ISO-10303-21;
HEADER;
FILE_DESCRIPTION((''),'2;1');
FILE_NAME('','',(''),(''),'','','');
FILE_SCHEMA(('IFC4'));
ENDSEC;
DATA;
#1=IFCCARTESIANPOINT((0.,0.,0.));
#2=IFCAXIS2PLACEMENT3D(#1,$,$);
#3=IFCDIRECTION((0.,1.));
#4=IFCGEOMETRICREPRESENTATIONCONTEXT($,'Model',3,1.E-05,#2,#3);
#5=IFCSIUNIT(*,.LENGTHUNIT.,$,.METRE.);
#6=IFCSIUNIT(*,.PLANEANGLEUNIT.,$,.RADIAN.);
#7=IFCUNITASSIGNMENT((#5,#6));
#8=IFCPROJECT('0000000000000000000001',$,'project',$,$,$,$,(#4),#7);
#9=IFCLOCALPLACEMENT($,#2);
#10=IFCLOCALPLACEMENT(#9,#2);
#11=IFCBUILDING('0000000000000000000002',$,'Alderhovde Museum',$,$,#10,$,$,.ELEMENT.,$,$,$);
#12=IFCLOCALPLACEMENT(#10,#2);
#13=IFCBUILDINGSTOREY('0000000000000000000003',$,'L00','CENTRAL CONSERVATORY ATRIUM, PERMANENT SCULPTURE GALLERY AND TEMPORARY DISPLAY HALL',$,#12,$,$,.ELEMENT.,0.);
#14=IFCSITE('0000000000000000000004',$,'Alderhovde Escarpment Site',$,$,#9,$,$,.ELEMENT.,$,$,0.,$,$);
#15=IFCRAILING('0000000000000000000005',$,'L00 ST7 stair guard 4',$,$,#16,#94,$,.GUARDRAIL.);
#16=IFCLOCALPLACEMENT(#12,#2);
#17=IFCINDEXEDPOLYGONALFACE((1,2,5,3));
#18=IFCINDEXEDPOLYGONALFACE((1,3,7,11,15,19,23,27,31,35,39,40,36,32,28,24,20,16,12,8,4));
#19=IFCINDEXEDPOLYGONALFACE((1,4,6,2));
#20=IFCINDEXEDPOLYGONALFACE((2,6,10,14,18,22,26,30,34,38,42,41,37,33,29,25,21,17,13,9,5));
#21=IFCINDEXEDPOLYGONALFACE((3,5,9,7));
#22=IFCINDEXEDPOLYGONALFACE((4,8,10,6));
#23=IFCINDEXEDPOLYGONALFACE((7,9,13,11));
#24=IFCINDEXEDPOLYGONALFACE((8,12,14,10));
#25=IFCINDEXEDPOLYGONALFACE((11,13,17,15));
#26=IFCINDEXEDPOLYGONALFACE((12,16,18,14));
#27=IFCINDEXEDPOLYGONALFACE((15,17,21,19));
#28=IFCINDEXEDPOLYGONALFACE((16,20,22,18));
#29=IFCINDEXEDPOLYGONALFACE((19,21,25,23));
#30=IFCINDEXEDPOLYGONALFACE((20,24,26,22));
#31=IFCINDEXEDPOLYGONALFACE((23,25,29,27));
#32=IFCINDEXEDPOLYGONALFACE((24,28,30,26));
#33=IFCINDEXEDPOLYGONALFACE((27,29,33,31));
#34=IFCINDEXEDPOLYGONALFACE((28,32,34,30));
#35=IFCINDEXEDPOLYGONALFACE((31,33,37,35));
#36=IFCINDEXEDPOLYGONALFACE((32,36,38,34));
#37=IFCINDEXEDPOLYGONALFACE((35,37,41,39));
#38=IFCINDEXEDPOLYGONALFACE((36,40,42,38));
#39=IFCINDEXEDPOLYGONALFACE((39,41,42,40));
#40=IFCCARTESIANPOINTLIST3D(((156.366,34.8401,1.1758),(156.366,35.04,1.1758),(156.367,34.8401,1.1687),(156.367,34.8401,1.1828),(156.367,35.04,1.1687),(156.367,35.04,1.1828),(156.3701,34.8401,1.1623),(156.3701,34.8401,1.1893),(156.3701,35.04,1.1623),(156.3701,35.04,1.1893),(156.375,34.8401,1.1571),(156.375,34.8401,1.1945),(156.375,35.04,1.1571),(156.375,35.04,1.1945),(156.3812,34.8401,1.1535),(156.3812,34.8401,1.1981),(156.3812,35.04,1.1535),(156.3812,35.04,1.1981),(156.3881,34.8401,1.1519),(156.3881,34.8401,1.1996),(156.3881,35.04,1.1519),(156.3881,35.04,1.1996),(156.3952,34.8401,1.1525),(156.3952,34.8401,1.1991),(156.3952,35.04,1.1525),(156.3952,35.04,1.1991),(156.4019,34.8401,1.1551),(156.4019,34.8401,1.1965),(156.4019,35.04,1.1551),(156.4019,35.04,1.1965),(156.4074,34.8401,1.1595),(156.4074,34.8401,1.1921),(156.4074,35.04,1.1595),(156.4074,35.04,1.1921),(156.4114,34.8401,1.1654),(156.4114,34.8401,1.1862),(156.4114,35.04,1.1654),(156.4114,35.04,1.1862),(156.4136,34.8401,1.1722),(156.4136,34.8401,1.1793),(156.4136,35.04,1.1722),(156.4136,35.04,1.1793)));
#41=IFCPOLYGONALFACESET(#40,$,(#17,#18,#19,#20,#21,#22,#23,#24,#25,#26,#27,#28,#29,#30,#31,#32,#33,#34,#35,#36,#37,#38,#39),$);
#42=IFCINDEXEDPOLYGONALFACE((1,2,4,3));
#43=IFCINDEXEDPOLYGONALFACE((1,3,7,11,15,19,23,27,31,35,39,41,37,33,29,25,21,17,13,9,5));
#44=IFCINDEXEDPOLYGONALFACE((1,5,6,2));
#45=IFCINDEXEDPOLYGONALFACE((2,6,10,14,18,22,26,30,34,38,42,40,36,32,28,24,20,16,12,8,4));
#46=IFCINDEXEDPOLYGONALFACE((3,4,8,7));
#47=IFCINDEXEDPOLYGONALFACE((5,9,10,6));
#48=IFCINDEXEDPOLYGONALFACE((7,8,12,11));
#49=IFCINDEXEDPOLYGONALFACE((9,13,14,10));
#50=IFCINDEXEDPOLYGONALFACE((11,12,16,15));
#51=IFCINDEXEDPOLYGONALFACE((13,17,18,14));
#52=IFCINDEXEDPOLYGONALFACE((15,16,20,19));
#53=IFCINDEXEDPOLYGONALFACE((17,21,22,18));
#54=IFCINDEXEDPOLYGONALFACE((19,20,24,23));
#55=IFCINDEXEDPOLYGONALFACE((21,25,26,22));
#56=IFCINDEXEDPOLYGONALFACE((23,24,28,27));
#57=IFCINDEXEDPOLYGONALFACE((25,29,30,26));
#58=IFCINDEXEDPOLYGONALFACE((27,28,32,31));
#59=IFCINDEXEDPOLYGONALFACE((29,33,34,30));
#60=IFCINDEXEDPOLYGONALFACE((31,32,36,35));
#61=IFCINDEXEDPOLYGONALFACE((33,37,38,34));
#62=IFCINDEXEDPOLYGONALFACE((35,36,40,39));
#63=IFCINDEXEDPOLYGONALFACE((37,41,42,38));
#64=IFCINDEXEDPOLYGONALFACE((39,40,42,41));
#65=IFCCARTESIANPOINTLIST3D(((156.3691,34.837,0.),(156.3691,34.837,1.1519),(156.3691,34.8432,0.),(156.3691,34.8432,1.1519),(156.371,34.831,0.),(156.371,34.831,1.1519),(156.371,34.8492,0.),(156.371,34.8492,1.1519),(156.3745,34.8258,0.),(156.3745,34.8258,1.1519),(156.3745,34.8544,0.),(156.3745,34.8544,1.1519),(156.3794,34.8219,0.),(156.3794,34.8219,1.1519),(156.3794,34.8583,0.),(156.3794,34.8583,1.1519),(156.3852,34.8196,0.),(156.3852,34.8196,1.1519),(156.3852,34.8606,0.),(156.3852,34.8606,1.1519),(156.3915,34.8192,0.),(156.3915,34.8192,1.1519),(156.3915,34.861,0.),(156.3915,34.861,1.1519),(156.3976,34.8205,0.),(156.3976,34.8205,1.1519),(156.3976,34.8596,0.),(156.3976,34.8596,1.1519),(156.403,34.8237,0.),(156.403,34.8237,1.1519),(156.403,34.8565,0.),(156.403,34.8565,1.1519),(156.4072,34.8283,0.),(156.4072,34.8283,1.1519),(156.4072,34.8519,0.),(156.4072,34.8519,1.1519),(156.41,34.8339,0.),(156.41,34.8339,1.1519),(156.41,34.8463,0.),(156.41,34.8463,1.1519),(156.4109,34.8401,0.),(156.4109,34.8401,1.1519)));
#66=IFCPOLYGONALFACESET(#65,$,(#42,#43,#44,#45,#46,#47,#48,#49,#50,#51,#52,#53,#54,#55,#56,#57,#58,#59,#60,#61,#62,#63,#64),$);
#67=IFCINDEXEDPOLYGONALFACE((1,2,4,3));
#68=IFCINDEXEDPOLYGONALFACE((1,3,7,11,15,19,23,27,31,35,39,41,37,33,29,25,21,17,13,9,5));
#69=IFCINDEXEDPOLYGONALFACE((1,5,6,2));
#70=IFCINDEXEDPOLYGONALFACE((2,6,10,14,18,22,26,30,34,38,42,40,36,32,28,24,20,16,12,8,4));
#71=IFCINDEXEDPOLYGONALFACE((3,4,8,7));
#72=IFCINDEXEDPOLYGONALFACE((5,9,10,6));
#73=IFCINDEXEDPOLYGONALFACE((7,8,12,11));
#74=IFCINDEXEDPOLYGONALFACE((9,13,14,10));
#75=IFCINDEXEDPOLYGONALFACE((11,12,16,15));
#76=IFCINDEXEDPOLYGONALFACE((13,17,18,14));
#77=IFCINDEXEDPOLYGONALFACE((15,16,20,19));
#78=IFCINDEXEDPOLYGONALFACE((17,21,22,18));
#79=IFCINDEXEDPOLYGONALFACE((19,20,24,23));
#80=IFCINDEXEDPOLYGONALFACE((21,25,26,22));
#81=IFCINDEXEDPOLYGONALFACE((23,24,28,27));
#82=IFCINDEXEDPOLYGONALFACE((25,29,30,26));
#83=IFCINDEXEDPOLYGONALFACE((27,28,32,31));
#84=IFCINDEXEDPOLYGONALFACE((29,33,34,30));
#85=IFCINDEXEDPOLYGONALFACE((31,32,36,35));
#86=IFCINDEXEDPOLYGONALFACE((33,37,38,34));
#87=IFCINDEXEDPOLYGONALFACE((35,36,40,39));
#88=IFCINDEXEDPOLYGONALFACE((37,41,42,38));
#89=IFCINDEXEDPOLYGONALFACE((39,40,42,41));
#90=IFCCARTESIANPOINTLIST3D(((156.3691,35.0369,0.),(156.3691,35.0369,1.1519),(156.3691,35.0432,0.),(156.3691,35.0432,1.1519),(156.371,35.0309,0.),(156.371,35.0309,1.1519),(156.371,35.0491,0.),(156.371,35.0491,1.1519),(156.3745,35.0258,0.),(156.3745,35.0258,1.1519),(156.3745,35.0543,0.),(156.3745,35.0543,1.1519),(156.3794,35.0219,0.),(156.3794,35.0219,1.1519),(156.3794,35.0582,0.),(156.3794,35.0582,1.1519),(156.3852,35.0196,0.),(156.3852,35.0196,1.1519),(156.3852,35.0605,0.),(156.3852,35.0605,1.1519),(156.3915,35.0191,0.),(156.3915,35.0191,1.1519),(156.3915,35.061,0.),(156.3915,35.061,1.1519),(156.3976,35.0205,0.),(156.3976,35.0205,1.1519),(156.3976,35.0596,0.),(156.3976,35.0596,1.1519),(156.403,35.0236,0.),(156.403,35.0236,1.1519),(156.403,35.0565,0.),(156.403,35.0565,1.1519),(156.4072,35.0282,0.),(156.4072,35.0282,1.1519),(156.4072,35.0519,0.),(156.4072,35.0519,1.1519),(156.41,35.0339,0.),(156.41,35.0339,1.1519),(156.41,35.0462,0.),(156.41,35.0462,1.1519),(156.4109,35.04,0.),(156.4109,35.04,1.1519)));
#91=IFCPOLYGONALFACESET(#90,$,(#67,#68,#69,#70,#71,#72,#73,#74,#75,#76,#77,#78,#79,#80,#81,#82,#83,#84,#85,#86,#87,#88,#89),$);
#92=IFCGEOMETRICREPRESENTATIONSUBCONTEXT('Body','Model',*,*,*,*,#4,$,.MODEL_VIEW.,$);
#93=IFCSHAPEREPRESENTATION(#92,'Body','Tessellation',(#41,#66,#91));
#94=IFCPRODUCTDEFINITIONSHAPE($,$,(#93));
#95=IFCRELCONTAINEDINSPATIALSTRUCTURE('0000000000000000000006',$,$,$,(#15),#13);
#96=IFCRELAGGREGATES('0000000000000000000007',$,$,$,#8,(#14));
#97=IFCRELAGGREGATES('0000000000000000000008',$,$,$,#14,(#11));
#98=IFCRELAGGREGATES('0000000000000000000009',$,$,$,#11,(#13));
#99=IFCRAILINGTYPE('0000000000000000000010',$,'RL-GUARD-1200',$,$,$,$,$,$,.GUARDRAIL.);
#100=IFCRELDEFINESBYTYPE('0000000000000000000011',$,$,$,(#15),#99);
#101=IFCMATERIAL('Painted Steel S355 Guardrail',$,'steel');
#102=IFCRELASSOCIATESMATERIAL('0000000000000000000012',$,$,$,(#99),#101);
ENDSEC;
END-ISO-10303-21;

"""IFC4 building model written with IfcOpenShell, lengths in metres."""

from ifc_helpers import new_model, si_unit, direction, frame, origin, origin_2d, place, context, subcontext, project, spatial, circle, extrude, material, type_object, element, save


model = new_model("IFC4")

# Units and contexts
model_context = context("Model", 3, precision=1e-05, world=origin(), true_north=direction((0.0, 1.0)))
body_context = subcontext(model_context, "Body", "Model", "MODEL_VIEW")
ifc_project = project(units=[si_unit("LENGTHUNIT", "METRE"), si_unit("PLANEANGLEUNIT", "RADIAN")], contexts=[model_context])

# Site, building, storey
site_placement = place(None, origin())
site = spatial("IfcSite", under=ifc_project, at=site_placement, Name="Alderhovde Escarpment Site", CompositionType="ELEMENT", RefElevation=0.0)
building_placement = place(site_placement, origin())
building = spatial("IfcBuilding", under=site, at=building_placement, Name="Alderhovde Museum", CompositionType="ELEMENT")
storey_placement = place(building_placement, origin())
storey = spatial("IfcBuildingStorey", under=building, at=storey_placement, Name="L00", Description="CENTRAL CONSERVATORY ATRIUM, PERMANENT SCULPTURE GALLERY AND TEMPORARY DISPLAY HALL", CompositionType="ELEMENT", Elevation=0.0)

# Railing
ifc_material_1 = material(Name="Painted Steel S355 Guardrail", Category="steel")
railing_type_1 = type_object("IfcRailingType", Name="RL-GUARD-1200", PredefinedType="GUARDRAIL", material=ifc_material_1)
railing_1_placement = place(storey_placement, frame((156.3899, 34.8401, 0.0)))
element("IfcRailing", 1, at=railing_1_placement, inside=storey, type_object=railing_type_1, Name="L00 ST7 stair guard 4", PredefinedType="GUARDRAIL", context=body_context, shape_type="SweptSolid", body=[
    extrude(circle(Radius=0.0239, at=origin_2d()), frame((0.0, 0.0, 1.1758), z_axis=(0.0, 1.0, 0.0), x_axis=(-1.0, 0.0, 0.0)), (0.0, 0.0, 1.0), 0.2),
    extrude(circle(Radius=0.021, at=origin_2d()), origin(), (0.0, 0.0, 1.0), 1.1519),
    extrude(circle(Radius=0.021, at=origin_2d()), frame((0.0, 0.2, 0.0)), (0.0, 0.0, 1.0), 1.1519),
])

save(model, "model.ifc")
